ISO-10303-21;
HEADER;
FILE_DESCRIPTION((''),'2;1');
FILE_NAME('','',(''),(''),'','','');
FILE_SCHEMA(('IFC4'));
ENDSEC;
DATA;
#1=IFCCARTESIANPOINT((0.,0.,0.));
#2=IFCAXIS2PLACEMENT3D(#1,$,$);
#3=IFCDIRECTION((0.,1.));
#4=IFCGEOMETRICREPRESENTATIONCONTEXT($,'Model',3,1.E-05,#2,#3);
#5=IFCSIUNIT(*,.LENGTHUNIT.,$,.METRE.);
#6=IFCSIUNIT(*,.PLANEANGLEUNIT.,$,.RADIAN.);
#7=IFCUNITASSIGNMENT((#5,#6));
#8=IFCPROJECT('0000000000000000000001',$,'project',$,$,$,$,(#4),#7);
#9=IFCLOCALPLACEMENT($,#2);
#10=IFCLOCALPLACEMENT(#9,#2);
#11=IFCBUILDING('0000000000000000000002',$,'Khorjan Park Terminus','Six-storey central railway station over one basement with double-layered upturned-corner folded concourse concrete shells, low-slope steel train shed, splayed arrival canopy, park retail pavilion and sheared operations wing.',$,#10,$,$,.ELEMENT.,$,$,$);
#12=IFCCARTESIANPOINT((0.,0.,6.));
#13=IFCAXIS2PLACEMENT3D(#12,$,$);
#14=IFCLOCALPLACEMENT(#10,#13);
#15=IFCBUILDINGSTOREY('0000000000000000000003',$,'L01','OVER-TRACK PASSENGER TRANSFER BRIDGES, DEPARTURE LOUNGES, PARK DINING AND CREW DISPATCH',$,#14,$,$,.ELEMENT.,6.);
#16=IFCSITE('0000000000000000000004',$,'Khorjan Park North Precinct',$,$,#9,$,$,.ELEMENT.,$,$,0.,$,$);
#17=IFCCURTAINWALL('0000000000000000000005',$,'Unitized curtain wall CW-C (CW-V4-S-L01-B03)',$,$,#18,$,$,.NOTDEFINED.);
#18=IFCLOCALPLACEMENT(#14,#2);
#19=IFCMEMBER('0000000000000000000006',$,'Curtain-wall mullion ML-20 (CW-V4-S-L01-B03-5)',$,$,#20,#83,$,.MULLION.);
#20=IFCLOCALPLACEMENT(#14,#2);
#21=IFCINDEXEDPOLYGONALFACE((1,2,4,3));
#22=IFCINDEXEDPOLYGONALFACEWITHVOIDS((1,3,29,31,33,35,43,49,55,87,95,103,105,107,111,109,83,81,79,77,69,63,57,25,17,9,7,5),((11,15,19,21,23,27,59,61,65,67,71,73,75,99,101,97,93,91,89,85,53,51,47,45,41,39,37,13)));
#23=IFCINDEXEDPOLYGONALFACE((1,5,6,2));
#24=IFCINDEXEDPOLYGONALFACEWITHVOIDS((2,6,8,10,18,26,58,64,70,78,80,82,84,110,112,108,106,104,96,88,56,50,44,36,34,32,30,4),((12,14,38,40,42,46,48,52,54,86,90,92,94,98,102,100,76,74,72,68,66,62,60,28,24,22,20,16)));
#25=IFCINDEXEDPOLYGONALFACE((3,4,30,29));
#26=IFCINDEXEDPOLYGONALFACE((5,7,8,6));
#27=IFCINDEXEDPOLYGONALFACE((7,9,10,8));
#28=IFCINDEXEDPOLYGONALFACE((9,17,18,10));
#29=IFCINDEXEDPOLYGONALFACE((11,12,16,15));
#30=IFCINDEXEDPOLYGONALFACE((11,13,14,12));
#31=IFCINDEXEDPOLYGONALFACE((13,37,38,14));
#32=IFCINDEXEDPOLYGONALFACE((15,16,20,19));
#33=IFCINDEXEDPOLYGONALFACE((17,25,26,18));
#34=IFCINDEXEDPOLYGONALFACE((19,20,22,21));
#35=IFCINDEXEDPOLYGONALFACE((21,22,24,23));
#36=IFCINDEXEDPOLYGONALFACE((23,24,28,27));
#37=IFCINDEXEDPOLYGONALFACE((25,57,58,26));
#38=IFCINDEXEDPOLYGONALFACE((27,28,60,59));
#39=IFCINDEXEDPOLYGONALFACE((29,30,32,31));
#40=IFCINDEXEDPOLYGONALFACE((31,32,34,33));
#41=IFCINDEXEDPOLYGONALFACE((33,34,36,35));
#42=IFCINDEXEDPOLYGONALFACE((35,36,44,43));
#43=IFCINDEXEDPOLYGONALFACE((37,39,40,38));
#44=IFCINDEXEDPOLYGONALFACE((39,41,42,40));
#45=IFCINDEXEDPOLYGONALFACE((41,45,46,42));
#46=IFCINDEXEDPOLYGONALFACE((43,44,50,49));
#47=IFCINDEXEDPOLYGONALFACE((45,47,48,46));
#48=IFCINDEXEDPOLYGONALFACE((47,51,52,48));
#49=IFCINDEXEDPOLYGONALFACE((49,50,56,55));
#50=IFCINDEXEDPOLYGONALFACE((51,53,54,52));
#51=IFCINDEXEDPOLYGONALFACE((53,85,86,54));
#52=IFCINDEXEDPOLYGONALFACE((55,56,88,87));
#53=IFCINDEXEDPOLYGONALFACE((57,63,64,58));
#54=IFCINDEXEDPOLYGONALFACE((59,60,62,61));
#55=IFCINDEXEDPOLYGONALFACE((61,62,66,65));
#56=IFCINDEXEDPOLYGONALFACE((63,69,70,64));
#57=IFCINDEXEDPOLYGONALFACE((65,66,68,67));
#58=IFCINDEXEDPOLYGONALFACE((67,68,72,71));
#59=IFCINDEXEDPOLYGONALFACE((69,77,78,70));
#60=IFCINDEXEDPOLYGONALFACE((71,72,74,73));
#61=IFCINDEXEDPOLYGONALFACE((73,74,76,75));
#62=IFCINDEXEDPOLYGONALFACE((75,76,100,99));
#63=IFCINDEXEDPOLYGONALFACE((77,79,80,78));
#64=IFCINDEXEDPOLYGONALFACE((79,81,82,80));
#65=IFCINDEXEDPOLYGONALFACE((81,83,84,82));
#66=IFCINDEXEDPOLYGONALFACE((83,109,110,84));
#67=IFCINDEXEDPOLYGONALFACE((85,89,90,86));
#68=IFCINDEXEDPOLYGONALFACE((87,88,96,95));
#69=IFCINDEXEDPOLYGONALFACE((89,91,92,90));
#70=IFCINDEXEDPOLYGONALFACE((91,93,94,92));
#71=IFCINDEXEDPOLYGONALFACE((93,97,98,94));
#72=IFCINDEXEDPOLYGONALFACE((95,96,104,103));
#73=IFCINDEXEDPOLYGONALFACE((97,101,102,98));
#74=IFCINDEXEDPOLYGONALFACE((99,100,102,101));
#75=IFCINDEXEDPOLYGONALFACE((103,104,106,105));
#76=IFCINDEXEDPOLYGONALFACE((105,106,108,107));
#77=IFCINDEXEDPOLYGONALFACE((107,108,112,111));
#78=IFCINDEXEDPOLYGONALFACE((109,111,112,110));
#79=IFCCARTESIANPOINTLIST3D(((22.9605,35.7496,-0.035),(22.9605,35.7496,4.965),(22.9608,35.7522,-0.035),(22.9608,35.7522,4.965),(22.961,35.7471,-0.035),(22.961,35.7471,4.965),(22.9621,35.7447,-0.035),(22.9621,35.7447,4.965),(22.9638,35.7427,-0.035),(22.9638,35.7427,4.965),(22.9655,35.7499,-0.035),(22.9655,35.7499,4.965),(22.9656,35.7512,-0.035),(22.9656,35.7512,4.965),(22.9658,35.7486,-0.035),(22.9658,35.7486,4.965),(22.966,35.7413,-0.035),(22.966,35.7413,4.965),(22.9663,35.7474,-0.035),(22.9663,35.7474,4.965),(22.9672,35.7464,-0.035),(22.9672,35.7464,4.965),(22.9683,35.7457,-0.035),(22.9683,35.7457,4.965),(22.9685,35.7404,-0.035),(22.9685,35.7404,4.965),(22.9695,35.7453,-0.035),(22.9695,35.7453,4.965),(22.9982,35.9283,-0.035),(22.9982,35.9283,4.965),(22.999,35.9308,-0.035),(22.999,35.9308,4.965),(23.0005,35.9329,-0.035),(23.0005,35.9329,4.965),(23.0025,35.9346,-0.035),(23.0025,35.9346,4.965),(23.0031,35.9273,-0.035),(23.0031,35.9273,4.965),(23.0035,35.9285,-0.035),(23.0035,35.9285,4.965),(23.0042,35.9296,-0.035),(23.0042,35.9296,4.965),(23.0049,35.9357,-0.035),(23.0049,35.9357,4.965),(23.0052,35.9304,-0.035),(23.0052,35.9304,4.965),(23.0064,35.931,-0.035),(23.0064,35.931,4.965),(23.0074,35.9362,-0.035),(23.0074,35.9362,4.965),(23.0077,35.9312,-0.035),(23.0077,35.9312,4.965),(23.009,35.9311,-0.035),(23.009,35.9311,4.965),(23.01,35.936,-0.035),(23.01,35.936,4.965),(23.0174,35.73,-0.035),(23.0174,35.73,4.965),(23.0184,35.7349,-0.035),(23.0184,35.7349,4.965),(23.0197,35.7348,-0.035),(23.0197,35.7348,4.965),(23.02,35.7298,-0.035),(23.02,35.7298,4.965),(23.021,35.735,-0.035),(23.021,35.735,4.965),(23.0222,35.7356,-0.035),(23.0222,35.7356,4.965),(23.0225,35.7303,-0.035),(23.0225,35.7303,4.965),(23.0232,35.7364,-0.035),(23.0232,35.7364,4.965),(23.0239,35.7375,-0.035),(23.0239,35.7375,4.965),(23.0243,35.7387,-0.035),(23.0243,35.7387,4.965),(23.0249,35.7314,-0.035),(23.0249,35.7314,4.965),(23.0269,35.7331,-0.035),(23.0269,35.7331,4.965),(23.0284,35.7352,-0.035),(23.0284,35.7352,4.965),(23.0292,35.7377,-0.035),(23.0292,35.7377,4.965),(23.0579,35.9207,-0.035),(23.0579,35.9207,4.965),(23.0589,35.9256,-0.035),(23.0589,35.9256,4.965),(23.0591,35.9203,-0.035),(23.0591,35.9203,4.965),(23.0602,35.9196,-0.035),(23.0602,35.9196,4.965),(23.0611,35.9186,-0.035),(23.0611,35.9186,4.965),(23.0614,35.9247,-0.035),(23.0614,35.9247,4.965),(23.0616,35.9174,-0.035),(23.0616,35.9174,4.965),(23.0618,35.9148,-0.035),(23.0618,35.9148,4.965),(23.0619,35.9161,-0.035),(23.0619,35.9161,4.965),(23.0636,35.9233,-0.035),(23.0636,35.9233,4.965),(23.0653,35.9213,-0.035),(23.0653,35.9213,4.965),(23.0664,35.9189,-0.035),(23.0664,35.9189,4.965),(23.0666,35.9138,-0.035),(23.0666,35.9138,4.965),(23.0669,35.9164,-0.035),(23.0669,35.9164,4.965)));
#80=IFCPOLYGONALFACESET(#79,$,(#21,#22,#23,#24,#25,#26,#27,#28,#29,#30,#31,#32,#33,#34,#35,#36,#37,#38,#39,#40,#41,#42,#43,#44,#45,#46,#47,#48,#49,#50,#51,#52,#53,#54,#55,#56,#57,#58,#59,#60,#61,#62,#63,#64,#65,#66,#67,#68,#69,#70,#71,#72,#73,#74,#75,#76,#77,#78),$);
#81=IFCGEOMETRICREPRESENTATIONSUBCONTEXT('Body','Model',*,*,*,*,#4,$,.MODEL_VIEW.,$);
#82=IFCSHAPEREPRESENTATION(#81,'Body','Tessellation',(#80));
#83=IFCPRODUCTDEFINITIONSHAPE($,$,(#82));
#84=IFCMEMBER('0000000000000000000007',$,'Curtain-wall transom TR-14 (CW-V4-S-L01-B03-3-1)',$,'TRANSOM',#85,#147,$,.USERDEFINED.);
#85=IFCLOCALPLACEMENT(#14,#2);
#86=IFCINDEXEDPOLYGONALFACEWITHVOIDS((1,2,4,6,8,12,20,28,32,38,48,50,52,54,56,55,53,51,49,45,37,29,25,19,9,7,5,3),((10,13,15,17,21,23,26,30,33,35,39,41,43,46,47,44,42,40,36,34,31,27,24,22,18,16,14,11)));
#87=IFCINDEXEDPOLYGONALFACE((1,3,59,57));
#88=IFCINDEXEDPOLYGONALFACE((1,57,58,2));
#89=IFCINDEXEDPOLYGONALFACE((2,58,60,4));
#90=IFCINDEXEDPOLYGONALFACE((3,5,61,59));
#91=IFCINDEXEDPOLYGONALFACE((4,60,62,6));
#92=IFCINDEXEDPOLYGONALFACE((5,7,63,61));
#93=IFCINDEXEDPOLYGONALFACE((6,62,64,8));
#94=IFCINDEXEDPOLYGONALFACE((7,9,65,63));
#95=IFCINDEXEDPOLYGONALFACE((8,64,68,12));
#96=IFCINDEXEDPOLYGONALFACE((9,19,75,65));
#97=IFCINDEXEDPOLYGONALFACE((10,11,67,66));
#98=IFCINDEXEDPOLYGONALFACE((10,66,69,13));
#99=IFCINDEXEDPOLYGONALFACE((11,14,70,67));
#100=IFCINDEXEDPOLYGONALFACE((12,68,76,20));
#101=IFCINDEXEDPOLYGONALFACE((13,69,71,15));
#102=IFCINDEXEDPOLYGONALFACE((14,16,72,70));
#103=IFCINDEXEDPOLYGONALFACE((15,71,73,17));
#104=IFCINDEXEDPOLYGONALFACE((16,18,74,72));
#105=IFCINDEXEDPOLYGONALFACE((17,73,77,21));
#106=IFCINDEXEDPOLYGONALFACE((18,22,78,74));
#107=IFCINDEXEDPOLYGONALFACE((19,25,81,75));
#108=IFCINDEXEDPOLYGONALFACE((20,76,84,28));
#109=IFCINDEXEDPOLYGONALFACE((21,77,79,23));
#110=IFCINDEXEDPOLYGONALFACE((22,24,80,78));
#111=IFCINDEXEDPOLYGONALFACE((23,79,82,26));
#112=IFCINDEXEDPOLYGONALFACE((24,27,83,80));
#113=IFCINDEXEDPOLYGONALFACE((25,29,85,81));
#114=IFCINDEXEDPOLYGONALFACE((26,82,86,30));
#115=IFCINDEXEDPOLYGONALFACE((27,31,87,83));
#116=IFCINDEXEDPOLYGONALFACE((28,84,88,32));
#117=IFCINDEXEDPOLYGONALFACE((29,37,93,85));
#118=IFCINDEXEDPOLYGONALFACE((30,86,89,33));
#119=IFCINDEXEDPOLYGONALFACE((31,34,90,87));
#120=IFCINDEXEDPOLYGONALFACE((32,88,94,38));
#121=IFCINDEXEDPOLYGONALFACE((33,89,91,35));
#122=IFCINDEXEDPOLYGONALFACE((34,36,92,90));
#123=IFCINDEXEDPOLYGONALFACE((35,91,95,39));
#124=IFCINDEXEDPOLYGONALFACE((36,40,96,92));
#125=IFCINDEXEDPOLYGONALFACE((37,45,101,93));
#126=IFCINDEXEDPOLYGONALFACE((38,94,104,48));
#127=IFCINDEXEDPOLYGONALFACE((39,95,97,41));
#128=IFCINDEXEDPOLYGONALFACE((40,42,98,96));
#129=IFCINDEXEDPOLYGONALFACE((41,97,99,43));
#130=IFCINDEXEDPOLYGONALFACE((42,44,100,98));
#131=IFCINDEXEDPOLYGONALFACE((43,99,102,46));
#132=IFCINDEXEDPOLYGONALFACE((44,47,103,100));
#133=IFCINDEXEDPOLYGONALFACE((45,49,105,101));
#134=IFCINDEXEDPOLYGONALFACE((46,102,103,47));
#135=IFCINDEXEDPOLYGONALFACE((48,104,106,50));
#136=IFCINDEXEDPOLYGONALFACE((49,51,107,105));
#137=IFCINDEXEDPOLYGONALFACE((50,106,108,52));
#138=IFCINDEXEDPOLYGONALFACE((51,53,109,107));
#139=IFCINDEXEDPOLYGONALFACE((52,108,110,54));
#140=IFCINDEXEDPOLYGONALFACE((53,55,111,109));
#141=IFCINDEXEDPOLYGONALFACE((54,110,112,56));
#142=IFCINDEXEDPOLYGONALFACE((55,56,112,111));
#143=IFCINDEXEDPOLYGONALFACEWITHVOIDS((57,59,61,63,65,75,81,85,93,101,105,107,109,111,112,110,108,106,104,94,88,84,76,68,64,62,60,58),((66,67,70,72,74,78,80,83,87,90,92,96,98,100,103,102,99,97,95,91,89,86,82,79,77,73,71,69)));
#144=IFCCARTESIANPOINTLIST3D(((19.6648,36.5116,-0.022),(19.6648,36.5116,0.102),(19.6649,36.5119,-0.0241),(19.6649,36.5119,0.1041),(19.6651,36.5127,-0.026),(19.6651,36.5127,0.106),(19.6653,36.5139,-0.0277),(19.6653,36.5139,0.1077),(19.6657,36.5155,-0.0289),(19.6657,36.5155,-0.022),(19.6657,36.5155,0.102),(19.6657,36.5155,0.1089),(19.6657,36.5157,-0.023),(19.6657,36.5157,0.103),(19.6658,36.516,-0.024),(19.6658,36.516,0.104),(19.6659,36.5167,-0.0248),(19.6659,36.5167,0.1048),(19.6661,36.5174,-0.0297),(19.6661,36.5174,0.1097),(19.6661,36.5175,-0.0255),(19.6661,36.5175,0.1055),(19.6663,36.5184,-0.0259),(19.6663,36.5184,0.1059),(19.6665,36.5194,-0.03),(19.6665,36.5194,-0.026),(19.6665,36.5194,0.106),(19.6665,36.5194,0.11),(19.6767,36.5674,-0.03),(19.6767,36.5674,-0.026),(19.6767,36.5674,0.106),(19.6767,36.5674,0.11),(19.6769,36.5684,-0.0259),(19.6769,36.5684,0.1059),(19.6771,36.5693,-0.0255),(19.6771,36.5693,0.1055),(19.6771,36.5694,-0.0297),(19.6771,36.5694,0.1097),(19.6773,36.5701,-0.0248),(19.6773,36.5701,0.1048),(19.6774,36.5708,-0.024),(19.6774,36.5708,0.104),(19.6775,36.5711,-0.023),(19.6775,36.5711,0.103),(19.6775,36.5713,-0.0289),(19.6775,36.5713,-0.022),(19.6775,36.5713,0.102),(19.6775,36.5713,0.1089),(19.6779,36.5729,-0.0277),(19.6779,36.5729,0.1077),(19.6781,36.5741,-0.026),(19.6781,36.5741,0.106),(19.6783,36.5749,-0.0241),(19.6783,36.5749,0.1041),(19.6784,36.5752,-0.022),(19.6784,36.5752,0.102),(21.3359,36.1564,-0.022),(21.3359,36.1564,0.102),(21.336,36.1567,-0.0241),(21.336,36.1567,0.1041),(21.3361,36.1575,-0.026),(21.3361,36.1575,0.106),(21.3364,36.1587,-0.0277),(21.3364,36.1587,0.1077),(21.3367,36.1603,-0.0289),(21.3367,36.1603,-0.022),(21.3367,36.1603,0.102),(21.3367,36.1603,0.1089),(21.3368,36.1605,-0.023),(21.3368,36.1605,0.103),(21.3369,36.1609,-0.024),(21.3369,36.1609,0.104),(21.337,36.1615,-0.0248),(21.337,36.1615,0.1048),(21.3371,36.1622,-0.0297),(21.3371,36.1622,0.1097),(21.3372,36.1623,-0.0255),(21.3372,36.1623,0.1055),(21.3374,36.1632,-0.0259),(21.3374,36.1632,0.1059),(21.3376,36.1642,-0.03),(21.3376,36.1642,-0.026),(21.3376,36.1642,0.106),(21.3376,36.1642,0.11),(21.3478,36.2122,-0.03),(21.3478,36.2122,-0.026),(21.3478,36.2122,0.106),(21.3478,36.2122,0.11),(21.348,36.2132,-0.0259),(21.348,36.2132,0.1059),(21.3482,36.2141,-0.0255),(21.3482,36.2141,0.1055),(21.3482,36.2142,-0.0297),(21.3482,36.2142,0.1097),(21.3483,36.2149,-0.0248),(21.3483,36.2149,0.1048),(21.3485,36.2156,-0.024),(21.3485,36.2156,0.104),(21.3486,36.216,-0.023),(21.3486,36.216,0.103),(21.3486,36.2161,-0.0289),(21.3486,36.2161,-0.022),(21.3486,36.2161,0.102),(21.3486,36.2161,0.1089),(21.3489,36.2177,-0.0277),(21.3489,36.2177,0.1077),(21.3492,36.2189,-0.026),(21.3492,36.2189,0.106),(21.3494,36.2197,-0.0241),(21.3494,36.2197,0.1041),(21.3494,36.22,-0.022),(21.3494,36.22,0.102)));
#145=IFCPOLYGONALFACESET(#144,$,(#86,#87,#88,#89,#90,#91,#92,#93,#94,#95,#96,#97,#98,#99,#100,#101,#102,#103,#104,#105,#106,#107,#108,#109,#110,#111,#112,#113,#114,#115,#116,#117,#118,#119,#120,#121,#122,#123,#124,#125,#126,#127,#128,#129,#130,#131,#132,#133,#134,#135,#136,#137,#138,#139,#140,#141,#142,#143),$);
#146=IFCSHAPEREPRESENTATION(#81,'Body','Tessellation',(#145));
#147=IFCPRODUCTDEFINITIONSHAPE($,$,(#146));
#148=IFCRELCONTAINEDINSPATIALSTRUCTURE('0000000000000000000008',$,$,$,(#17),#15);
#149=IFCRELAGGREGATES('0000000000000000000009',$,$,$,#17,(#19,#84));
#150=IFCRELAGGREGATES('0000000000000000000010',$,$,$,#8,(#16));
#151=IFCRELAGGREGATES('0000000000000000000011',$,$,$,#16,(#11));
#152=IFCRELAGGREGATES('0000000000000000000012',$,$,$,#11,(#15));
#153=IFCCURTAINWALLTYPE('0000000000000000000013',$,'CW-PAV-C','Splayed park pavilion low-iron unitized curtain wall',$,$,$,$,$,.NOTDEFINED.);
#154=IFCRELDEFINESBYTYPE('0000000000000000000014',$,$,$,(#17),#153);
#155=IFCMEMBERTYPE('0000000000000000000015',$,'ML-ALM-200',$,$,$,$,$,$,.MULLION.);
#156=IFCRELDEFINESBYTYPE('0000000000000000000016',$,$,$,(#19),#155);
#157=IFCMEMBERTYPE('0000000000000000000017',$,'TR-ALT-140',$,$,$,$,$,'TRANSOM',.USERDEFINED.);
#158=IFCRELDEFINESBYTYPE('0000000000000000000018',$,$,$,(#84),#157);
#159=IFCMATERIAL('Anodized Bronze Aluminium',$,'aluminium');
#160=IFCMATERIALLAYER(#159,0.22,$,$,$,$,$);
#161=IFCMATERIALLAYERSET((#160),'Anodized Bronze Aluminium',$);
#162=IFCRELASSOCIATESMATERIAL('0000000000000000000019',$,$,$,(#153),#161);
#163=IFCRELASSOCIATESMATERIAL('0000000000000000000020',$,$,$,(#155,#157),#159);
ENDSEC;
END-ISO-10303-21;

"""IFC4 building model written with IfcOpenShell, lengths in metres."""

from ifc_helpers import new_model, si_unit, direction, frame, origin, origin_2d, place, context, subcontext, project, spatial, hollow_rectangle, extrude, material, layer, layer_set, material_profile, profile_set, type_object, element, aggregate, save


model = new_model("IFC4")

# Units and contexts
model_context = context("Model", 3, precision=1e-05, world=origin(), true_north=direction((0.0, 1.0)))
body_context = subcontext(model_context, "Body", "Model", "MODEL_VIEW")
ifc_project = project(units=[si_unit("LENGTHUNIT", "METRE"), si_unit("PLANEANGLEUNIT", "RADIAN")], contexts=[model_context])

# Site, building, storey
site_placement = place(None, origin())
site = spatial("IfcSite", under=ifc_project, at=site_placement, Name="Khorjan Park North Precinct", CompositionType="ELEMENT", RefElevation=0.0)
building_placement = place(site_placement, origin())
building = spatial("IfcBuilding", under=site, at=building_placement, Name="Khorjan Park Terminus", Description="Six-storey central railway station over one basement with double-layered upturned-corner folded concourse concrete shells, low-slope steel train shed, splayed arrival canopy, park retail pavilion and sheared operations wing.", CompositionType="ELEMENT")
storey_placement = place(building_placement, frame((0.0, 0.0, 6.0)))
storey = spatial("IfcBuildingStorey", under=building, at=storey_placement, Name="L01", Description="OVER-TRACK PASSENGER TRANSFER BRIDGES, DEPARTURE LOUNGES, PARK DINING AND CREW DISPATCH", CompositionType="ELEMENT", Elevation=6.0)

# Curtain wall, members
ifc_material_1 = material(Name="Anodized Bronze Aluminium", Category="aluminium")
ifc_layer_1 = layer(ifc_material_1, 0.22)
ifc_layer_set_1 = layer_set([ifc_layer_1], Name="Anodized Bronze Aluminium")
curtain_wall_type = type_object("IfcCurtainWallType", Name="CW-PAV-C", Description="Splayed park pavilion low-iron unitized curtain wall", PredefinedType="NOTDEFINED", material=ifc_layer_set_1)
curtain_wall_1_placement = place(storey_placement, origin())
curtain_wall_1 = element("IfcCurtainWall", 1, at=curtain_wall_1_placement, inside=storey, type_object=curtain_wall_type, Name="Unitized curtain wall CW-C (CW-V4-S-L01-B03)", PredefinedType="NOTDEFINED")
ifc_material_profile_1 = material_profile(ifc_material_1, hollow_rectangle(XDim=0.07, YDim=0.2, WallThickness=0.005, InnerFilletRadius=0.005, OuterFilletRadius=0.01, at=origin_2d()), Name="ALM 70x200x5")
ifc_profile_set_1 = profile_set([ifc_material_profile_1], Name="Anodized Bronze Aluminium")
member_type_1 = type_object("IfcMemberType", Name="ML-ALM-200", PredefinedType="MULLION", material=ifc_profile_set_1)
member_1_placement = place(storey_placement, frame((23.0137, 35.833, -0.035), z_axis=(0.0, 0.0, 1.0), x_axis=(0.978147, -0.207914, 0.0)))
member_1 = element("IfcMember", 2, at=member_1_placement, type_object=member_type_1, Name="Curtain-wall mullion ML-20 (CW-V4-S-L01-B03-5)", PredefinedType="MULLION", context=body_context, shape_type="SweptSolid", body=[
    extrude(hollow_rectangle(XDim=0.07, YDim=0.2, WallThickness=0.005, InnerFilletRadius=0.005, OuterFilletRadius=0.01, at=origin_2d()), origin(), (0.0, 0.0, 1.0), 5.0),
])
ifc_material_profile_2 = material_profile(ifc_material_1, hollow_rectangle(XDim=0.065, YDim=0.14, WallThickness=0.004, InnerFilletRadius=0.004, OuterFilletRadius=0.008, at=origin_2d()), Name="ALT 65x140x4")
ifc_profile_set_2 = profile_set([ifc_material_profile_2], Name="Anodized Bronze Aluminium")
member_type_2 = type_object("IfcMemberType", Name="TR-ALT-140", ElementType="TRANSOM", PredefinedType="USERDEFINED", material=ifc_profile_set_2)
member_2_placement = place(storey_placement, frame((19.6716, 36.5434, 0.04), z_axis=(0.978148, -0.20791, 0.0), x_axis=(0.20791, 0.978148, 0.0)))
member_2 = element("IfcMember", 3, at=member_2_placement, type_object=member_type_2, Name="Curtain-wall transom TR-14 (CW-V4-S-L01-B03-3-1)", ObjectType="TRANSOM", PredefinedType="USERDEFINED", context=body_context, shape_type="SweptSolid", body=[
    extrude(hollow_rectangle(XDim=0.065, YDim=0.14, WallThickness=0.004, InnerFilletRadius=0.004, OuterFilletRadius=0.008, at=origin_2d()), origin(), (0.0, 0.0, 1.0), 1.7084),
])

aggregate(curtain_wall_1, [member_1, member_2])

save(model, "model.ifc")
